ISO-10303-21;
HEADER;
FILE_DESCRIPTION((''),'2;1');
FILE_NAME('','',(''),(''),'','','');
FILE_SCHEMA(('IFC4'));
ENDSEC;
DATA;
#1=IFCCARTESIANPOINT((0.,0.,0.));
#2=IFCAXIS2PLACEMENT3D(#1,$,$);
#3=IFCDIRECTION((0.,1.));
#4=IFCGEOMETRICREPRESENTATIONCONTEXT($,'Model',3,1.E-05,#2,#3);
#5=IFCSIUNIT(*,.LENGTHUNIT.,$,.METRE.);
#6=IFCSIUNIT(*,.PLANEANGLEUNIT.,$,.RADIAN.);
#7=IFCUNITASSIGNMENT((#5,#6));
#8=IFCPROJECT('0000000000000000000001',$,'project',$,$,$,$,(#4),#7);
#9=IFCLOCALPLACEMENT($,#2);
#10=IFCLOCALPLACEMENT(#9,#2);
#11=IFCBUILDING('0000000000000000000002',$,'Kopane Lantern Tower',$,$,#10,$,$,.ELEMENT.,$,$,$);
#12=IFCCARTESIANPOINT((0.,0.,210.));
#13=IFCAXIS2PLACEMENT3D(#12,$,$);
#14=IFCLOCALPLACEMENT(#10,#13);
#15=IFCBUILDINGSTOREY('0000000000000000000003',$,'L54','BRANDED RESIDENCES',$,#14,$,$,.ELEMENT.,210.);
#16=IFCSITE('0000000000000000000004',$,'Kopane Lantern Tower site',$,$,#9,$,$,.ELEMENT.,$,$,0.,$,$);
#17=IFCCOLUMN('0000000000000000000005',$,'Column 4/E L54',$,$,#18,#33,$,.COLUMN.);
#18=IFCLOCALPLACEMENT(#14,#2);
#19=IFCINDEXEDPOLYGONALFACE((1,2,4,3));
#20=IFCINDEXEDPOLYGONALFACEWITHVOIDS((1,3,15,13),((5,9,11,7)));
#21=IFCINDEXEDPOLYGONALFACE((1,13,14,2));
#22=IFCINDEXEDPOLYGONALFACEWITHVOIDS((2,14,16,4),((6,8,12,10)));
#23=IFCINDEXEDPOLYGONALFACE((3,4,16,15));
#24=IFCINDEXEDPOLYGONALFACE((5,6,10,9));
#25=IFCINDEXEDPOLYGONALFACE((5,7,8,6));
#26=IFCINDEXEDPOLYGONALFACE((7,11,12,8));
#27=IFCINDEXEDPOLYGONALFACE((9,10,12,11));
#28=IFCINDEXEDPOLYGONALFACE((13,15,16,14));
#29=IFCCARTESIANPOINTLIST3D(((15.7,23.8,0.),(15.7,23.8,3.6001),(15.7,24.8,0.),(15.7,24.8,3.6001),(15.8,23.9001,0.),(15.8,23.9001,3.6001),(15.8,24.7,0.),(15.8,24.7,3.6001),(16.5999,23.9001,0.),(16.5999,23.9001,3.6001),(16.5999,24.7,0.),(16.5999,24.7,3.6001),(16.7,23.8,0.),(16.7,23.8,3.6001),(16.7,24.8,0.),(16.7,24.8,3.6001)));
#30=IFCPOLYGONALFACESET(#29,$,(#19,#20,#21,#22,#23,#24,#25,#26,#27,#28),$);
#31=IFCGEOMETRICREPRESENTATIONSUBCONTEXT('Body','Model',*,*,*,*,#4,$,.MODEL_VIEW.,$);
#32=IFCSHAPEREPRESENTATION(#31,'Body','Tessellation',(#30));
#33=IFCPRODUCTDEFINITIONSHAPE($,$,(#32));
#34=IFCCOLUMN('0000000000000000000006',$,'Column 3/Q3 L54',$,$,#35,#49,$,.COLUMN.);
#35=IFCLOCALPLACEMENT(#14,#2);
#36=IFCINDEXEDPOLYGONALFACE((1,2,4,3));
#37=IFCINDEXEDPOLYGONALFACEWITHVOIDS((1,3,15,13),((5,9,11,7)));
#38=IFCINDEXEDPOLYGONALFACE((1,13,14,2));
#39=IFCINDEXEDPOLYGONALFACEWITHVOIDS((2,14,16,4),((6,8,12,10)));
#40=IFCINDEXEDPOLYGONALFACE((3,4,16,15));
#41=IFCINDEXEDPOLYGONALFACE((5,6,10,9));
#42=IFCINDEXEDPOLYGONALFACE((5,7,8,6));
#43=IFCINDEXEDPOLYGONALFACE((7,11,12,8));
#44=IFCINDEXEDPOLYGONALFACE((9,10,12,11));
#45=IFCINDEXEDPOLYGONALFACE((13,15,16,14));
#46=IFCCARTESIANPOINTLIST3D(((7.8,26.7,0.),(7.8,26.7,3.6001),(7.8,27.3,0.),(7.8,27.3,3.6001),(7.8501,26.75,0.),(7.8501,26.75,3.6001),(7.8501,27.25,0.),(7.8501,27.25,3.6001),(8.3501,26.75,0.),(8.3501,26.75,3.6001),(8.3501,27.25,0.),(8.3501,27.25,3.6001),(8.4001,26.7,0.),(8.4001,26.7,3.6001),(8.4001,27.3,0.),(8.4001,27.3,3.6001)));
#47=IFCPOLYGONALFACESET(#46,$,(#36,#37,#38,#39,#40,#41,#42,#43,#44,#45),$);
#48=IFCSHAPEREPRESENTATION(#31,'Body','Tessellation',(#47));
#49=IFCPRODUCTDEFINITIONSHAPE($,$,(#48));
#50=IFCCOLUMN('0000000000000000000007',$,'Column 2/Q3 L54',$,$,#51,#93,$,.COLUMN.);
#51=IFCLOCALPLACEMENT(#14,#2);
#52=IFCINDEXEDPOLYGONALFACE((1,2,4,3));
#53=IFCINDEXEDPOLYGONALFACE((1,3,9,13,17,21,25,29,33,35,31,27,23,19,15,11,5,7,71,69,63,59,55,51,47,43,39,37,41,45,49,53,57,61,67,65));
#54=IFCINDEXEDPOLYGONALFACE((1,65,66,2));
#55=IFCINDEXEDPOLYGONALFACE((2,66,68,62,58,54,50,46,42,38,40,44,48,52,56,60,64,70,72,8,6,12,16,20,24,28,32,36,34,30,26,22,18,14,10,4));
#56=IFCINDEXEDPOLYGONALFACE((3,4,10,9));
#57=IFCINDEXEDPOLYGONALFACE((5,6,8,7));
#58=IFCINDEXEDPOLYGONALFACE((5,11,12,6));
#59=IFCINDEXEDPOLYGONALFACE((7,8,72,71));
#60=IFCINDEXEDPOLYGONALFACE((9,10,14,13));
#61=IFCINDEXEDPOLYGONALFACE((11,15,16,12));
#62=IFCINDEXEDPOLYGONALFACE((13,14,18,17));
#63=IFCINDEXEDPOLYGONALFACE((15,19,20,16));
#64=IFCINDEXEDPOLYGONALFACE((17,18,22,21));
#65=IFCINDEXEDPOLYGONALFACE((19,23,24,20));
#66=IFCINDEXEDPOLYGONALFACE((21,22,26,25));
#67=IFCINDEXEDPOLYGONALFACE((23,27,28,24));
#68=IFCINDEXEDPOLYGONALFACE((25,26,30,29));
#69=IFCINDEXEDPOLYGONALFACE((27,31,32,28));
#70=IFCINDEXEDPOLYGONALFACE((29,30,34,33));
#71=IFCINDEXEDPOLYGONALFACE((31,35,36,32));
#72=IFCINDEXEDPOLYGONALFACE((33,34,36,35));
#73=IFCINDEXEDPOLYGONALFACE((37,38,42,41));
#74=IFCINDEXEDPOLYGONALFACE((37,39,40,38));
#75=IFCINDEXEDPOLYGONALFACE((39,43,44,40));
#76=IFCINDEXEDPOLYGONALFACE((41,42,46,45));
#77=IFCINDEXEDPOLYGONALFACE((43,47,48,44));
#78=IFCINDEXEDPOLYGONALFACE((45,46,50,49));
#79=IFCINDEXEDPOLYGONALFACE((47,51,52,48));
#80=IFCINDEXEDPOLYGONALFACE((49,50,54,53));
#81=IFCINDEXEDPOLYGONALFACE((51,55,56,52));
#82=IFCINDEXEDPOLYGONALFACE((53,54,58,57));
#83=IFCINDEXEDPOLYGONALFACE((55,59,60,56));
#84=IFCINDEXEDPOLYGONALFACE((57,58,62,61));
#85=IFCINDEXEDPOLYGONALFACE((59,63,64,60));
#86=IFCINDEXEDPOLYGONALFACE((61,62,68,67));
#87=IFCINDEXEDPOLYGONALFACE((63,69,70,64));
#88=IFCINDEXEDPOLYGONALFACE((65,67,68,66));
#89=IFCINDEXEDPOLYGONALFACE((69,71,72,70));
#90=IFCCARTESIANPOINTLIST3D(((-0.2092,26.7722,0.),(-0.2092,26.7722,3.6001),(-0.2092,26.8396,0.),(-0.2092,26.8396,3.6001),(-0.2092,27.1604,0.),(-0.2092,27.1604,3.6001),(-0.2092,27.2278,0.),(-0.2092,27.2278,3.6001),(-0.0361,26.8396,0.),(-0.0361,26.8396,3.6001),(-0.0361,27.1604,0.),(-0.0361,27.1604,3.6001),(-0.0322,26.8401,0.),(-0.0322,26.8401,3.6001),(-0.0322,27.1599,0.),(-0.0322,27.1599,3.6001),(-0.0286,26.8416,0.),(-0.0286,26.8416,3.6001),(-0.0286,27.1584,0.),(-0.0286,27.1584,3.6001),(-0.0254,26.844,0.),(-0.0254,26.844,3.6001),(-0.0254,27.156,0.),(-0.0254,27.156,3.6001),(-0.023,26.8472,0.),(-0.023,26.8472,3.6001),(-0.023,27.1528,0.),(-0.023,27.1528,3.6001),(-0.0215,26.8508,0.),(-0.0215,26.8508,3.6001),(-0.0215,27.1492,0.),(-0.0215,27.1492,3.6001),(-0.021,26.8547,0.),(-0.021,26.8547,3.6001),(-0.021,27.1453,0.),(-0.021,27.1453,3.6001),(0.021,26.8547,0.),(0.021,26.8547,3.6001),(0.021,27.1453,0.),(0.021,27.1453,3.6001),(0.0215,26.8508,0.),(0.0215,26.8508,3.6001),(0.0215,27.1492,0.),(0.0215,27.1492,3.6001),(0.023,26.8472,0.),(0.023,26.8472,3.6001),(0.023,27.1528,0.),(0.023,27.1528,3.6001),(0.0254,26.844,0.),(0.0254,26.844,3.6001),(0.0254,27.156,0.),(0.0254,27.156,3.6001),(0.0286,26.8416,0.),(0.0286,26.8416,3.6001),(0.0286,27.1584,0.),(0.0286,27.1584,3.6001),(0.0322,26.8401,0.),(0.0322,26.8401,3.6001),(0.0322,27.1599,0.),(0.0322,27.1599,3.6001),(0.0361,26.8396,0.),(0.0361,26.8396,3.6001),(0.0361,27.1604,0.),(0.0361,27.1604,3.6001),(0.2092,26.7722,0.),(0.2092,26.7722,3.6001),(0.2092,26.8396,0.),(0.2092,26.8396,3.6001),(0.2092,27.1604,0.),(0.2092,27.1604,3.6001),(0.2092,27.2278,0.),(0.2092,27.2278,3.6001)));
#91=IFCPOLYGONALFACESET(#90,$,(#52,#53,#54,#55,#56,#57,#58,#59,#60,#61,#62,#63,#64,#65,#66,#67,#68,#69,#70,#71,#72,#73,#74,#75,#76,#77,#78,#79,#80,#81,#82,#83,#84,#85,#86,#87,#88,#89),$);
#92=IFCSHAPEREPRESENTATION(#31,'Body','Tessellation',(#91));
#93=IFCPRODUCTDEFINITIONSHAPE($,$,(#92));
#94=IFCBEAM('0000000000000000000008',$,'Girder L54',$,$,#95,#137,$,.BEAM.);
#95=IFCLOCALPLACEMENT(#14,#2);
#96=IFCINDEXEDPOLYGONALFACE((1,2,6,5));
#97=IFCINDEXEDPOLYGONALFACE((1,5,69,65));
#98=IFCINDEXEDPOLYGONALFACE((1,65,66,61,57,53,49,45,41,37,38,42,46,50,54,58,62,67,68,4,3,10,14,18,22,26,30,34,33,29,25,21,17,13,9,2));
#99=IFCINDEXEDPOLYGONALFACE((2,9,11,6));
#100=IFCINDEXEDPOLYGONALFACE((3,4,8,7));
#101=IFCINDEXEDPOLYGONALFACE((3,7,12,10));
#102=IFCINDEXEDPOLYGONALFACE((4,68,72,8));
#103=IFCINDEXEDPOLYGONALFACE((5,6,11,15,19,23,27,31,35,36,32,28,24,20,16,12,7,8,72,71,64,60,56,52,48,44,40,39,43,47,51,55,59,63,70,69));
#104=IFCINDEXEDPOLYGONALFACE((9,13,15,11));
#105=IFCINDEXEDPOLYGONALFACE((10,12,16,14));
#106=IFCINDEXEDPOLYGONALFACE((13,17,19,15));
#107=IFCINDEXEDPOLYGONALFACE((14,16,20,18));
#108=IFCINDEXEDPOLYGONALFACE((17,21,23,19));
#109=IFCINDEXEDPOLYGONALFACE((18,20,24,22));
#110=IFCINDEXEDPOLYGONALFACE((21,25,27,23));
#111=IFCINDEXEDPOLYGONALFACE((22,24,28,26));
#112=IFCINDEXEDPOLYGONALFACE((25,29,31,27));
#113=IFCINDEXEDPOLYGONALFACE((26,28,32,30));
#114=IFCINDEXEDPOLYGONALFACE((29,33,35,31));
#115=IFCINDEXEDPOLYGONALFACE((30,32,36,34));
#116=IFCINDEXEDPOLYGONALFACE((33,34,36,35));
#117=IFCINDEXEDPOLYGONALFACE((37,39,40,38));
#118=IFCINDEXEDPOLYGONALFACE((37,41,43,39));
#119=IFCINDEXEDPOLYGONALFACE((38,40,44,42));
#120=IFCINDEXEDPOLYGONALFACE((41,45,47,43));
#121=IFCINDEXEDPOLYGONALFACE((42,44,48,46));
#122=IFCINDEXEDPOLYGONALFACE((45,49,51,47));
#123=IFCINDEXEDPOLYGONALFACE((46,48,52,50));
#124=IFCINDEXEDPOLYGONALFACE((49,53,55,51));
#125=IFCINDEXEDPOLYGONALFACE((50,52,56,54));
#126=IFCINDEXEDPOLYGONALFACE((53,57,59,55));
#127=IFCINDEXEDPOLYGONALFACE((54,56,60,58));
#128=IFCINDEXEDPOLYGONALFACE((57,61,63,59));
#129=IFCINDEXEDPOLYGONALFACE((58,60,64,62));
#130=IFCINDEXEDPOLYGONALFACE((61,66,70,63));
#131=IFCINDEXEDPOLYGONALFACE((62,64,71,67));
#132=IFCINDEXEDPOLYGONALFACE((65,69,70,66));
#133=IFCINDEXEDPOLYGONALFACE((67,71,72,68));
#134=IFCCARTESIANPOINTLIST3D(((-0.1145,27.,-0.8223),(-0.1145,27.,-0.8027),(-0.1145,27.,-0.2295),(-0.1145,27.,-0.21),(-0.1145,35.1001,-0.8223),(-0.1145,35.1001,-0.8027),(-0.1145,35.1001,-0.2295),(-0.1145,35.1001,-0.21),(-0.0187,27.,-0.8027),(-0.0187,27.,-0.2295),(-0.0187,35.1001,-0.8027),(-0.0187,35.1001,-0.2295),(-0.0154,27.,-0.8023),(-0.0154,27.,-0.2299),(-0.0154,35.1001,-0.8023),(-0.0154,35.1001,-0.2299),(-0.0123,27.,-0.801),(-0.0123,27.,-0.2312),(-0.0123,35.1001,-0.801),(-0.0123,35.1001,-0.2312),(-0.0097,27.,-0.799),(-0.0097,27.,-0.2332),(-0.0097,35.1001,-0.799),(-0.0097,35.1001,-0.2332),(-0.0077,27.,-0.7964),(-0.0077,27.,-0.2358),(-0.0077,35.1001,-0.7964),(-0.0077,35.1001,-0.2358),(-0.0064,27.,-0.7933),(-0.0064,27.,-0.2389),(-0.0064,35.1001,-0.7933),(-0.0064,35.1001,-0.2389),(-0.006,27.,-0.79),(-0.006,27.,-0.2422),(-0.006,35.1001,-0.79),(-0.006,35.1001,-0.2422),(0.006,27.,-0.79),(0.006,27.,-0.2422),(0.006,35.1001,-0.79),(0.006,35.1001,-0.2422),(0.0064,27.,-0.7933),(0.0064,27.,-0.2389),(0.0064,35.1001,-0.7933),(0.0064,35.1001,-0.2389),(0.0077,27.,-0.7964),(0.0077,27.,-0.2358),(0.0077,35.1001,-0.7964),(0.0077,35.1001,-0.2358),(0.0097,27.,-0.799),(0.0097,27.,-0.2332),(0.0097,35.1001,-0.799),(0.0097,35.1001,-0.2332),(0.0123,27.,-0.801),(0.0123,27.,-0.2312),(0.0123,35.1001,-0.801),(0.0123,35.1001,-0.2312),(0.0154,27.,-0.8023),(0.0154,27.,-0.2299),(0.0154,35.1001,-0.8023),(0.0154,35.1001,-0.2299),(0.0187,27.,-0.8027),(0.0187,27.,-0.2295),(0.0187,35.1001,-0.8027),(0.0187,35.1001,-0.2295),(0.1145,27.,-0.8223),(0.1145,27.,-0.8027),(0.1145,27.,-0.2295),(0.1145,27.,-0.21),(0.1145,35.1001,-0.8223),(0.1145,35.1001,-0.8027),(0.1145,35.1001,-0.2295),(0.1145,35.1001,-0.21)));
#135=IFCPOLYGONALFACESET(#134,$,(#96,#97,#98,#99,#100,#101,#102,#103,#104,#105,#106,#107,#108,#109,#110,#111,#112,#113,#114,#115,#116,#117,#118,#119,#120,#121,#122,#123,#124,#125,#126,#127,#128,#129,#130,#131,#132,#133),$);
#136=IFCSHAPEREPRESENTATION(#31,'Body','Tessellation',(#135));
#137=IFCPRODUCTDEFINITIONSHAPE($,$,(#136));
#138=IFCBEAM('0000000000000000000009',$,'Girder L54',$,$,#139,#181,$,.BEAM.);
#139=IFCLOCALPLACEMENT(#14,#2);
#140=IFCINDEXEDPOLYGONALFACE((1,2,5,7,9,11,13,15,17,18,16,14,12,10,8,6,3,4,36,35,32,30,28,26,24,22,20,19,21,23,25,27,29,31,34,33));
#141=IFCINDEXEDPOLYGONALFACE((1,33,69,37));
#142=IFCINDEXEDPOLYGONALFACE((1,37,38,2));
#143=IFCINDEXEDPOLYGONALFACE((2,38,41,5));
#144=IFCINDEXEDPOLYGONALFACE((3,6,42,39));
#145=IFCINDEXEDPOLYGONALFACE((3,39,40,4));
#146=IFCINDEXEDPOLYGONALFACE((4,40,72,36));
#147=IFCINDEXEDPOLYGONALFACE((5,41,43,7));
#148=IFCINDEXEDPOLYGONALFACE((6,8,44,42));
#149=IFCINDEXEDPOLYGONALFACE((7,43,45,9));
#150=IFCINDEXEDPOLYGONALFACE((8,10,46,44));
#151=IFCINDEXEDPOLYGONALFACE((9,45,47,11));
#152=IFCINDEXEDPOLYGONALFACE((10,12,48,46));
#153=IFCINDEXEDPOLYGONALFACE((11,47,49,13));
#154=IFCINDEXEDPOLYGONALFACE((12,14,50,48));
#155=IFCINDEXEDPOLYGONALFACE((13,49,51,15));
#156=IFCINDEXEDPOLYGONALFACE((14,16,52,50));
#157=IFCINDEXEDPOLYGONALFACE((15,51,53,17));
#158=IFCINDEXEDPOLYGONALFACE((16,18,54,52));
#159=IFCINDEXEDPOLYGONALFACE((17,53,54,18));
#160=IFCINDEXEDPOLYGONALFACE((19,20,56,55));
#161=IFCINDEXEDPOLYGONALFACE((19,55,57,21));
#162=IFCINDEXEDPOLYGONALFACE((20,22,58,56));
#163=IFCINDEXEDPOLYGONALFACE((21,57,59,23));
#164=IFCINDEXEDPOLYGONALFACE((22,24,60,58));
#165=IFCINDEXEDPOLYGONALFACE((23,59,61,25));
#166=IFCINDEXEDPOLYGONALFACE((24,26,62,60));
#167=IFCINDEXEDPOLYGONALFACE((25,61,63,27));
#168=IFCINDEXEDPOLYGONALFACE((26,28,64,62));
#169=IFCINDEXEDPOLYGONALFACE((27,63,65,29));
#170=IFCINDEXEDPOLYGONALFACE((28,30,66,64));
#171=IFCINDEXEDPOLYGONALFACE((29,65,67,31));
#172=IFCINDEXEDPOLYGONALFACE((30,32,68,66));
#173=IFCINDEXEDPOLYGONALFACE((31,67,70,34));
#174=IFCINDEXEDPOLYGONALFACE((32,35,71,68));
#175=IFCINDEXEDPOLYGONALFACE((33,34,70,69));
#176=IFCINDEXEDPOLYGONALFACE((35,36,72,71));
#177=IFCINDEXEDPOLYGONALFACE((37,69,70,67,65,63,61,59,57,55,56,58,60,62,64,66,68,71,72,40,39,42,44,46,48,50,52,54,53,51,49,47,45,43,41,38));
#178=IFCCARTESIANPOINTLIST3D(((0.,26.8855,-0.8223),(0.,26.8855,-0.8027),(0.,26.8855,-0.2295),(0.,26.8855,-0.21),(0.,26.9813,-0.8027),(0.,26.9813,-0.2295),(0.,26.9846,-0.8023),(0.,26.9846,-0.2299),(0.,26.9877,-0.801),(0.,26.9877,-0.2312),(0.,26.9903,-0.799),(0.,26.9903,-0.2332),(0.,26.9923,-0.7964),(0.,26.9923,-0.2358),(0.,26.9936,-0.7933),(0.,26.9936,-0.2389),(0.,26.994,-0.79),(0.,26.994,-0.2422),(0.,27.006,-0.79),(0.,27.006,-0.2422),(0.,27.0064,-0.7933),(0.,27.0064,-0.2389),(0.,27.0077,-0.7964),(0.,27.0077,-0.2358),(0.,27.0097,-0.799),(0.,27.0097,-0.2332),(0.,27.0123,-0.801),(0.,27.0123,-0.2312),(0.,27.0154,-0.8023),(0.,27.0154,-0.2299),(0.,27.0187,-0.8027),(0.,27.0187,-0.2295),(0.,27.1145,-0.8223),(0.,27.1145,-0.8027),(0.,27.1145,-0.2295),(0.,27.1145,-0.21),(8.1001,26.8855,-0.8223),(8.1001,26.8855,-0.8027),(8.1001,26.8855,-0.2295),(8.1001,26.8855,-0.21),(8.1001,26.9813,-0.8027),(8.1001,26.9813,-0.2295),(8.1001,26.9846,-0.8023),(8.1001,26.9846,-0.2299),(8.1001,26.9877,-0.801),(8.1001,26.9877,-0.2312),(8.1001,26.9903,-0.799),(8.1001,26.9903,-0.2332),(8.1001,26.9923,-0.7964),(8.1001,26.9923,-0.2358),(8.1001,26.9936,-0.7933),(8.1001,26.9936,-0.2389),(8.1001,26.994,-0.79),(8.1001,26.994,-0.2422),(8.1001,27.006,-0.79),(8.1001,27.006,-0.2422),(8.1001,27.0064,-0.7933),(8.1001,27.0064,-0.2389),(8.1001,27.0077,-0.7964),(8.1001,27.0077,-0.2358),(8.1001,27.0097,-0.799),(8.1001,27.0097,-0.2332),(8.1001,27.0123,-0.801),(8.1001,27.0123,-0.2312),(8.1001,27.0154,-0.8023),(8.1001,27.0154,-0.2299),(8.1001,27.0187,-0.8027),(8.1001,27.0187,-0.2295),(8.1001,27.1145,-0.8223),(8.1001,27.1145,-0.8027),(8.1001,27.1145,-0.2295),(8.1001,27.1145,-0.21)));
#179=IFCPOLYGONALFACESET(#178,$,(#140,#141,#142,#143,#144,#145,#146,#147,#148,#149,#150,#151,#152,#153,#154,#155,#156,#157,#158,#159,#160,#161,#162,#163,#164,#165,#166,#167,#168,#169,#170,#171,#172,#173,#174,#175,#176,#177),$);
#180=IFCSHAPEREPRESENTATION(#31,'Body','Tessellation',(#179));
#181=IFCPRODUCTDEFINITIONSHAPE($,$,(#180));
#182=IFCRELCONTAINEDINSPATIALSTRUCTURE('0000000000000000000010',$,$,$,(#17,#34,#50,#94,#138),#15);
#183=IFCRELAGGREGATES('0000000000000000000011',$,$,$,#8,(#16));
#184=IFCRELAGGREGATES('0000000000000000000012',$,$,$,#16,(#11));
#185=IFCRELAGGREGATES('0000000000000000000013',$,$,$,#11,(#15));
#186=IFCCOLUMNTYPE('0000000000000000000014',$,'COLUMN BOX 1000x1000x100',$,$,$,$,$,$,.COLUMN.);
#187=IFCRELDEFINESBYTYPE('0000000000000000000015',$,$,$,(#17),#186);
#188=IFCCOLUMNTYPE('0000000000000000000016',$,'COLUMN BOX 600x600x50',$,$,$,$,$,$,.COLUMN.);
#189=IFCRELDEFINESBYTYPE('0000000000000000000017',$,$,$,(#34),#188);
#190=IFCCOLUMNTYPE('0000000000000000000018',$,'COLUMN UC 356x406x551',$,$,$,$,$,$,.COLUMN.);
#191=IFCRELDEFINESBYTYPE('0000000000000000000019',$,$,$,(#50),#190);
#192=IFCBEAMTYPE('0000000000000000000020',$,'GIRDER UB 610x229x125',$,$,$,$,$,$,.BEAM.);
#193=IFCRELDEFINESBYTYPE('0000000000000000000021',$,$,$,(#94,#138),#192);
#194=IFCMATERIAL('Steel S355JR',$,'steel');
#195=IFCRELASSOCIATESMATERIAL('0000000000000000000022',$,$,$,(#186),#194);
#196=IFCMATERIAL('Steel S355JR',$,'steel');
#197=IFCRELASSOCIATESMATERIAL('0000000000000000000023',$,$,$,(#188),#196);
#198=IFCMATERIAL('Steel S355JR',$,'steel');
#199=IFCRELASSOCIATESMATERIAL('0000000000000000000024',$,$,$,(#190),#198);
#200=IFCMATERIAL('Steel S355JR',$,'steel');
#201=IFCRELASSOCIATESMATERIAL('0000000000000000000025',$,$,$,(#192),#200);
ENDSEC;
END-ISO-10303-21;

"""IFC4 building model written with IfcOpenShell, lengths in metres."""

from ifc_helpers import new_model, si_unit, direction, frame, origin, origin_2d, place, context, subcontext, project, spatial, hollow_rectangle, i_section, extrude, material, material_profile, profile_set, type_object, element, save


model = new_model("IFC4")

# Units and contexts
model_context = context("Model", 3, precision=1e-05, world=origin(), true_north=direction((0.0, 1.0)))
body_context = subcontext(model_context, "Body", "Model", "MODEL_VIEW")
ifc_project = project(units=[si_unit("LENGTHUNIT", "METRE"), si_unit("PLANEANGLEUNIT", "RADIAN")], contexts=[model_context])

# Site, building, storey
site_placement = place(None, origin())
site = spatial("IfcSite", under=ifc_project, at=site_placement, Name="Kopane Lantern Tower site", CompositionType="ELEMENT", RefElevation=0.0)
building_placement = place(site_placement, origin())
building = spatial("IfcBuilding", under=site, at=building_placement, Name="Kopane Lantern Tower", CompositionType="ELEMENT")
storey_placement = place(building_placement, frame((0.0, 0.0, 210.0)))
storey = spatial("IfcBuildingStorey", under=building, at=storey_placement, Name="L54", Description="BRANDED RESIDENCES", CompositionType="ELEMENT", Elevation=210.0)

# Columns
ifc_material_1 = material(Name="Steel S355JR", Category="steel")
ifc_material_profile_1 = material_profile(ifc_material_1, hollow_rectangle(XDim=1.0, YDim=1.0, WallThickness=0.1001, at=origin_2d()), Name="BOX 1000x1000x100")
ifc_profile_set_1 = profile_set([ifc_material_profile_1], Name="Steel S355JR")
column_type_1 = type_object("IfcColumnType", Name="COLUMN BOX 1000x1000x100", PredefinedType="COLUMN", material=ifc_profile_set_1)
column_1_placement = place(storey_placement, frame((16.2, 24.3, 0.0), z_axis=(0.0, 0.0, 1.0), x_axis=(1.0, 0.0, 0.0)))
element("IfcColumn", 1, at=column_1_placement, inside=storey, type_object=column_type_1, Name="Column 4/E L54", PredefinedType="COLUMN", context=body_context, shape_type="SweptSolid", body=[
    extrude(hollow_rectangle(XDim=1.0, YDim=1.0, WallThickness=0.1001, at=origin_2d()), origin(), (0.0, 0.0, 1.0), 3.6001),
])
ifc_material_2 = material(Name="Steel S355JR", Category="steel")
ifc_material_profile_2 = material_profile(ifc_material_2, hollow_rectangle(XDim=0.6001, YDim=0.6001, WallThickness=0.05, at=origin_2d()), Name="BOX 600x600x50")
ifc_profile_set_2 = profile_set([ifc_material_profile_2], Name="Steel S355JR")
column_type_2 = type_object("IfcColumnType", Name="COLUMN BOX 600x600x50", PredefinedType="COLUMN", material=ifc_profile_set_2)
column_2_placement = place(storey_placement, frame((8.1001, 27.0, 0.0), z_axis=(0.0, 0.0, 1.0), x_axis=(1.0, 0.0, 0.0)))
element("IfcColumn", 2, at=column_2_placement, inside=storey, type_object=column_type_2, Name="Column 3/Q3 L54", PredefinedType="COLUMN", context=body_context, shape_type="SweptSolid", body=[
    extrude(hollow_rectangle(XDim=0.6001, YDim=0.6001, WallThickness=0.05, at=origin_2d()), origin(), (0.0, 0.0, 1.0), 3.6001),
])
ifc_material_3 = material(Name="Steel S355JR", Category="steel")
ifc_material_profile_3 = material_profile(ifc_material_3, i_section(OverallWidth=0.4185, OverallDepth=0.4556, WebThickness=0.042, FlangeThickness=0.0674, FilletRadius=0.0151, at=origin_2d()), Name="UC 356x406x551")
ifc_profile_set_3 = profile_set([ifc_material_profile_3], Name="Steel S355JR")
column_type_3 = type_object("IfcColumnType", Name="COLUMN UC 356x406x551", PredefinedType="COLUMN", material=ifc_profile_set_3)
column_3_placement = place(storey_placement, frame((0.0, 27.0, 0.0), z_axis=(0.0, 0.0, 1.0), x_axis=(1.0, 0.0, 0.0)))
element("IfcColumn", 3, at=column_3_placement, inside=storey, type_object=column_type_3, Name="Column 2/Q3 L54", PredefinedType="COLUMN", context=body_context, shape_type="SweptSolid", body=[
    extrude(i_section(OverallWidth=0.4185, OverallDepth=0.4556, WebThickness=0.042, FlangeThickness=0.0674, FilletRadius=0.0151, at=origin_2d()), origin(), (0.0, 0.0, 1.0), 3.6001),
])

# Beams
ifc_material_4 = material(Name="Steel S355JR", Category="steel")
ifc_material_profile_4 = material_profile(ifc_material_4, i_section(OverallWidth=0.229, OverallDepth=0.6123, WebThickness=0.012, FlangeThickness=0.0195, FilletRadius=0.0127, at=origin_2d()), Name="UB 610x229x125")
ifc_profile_set_4 = profile_set([ifc_material_profile_4], Name="Steel S355JR")
beam_type = type_object("IfcBeamType", Name="GIRDER UB 610x229x125", PredefinedType="BEAM", material=ifc_profile_set_4)
for number, where, z_axis, x_axis, name in (
    (4, (0.0, 27.0, -0.5161), (0.0, 1.0, 0.0), (-1.0, 0.0, 0.0), "Girder L54"),
    (5, (0.0, 27.0, -0.5161), (1.0, 0.0, 0.0), (0.0, 1.0, 0.0), "Girder L54"),
):
    element("IfcBeam", number, at=place(storey_placement, frame(where, z_axis=z_axis, x_axis=x_axis)), inside=storey, type_object=beam_type, Name=name, PredefinedType="BEAM", context=body_context, shape_type="SweptSolid", body=[
        extrude(i_section(OverallWidth=0.229, OverallDepth=0.6123, WebThickness=0.012, FlangeThickness=0.0195, FilletRadius=0.0127, at=origin_2d()), origin(), (0.0, 0.0, 1.0), 8.1001),
    ])

save(model, "model.ifc")
